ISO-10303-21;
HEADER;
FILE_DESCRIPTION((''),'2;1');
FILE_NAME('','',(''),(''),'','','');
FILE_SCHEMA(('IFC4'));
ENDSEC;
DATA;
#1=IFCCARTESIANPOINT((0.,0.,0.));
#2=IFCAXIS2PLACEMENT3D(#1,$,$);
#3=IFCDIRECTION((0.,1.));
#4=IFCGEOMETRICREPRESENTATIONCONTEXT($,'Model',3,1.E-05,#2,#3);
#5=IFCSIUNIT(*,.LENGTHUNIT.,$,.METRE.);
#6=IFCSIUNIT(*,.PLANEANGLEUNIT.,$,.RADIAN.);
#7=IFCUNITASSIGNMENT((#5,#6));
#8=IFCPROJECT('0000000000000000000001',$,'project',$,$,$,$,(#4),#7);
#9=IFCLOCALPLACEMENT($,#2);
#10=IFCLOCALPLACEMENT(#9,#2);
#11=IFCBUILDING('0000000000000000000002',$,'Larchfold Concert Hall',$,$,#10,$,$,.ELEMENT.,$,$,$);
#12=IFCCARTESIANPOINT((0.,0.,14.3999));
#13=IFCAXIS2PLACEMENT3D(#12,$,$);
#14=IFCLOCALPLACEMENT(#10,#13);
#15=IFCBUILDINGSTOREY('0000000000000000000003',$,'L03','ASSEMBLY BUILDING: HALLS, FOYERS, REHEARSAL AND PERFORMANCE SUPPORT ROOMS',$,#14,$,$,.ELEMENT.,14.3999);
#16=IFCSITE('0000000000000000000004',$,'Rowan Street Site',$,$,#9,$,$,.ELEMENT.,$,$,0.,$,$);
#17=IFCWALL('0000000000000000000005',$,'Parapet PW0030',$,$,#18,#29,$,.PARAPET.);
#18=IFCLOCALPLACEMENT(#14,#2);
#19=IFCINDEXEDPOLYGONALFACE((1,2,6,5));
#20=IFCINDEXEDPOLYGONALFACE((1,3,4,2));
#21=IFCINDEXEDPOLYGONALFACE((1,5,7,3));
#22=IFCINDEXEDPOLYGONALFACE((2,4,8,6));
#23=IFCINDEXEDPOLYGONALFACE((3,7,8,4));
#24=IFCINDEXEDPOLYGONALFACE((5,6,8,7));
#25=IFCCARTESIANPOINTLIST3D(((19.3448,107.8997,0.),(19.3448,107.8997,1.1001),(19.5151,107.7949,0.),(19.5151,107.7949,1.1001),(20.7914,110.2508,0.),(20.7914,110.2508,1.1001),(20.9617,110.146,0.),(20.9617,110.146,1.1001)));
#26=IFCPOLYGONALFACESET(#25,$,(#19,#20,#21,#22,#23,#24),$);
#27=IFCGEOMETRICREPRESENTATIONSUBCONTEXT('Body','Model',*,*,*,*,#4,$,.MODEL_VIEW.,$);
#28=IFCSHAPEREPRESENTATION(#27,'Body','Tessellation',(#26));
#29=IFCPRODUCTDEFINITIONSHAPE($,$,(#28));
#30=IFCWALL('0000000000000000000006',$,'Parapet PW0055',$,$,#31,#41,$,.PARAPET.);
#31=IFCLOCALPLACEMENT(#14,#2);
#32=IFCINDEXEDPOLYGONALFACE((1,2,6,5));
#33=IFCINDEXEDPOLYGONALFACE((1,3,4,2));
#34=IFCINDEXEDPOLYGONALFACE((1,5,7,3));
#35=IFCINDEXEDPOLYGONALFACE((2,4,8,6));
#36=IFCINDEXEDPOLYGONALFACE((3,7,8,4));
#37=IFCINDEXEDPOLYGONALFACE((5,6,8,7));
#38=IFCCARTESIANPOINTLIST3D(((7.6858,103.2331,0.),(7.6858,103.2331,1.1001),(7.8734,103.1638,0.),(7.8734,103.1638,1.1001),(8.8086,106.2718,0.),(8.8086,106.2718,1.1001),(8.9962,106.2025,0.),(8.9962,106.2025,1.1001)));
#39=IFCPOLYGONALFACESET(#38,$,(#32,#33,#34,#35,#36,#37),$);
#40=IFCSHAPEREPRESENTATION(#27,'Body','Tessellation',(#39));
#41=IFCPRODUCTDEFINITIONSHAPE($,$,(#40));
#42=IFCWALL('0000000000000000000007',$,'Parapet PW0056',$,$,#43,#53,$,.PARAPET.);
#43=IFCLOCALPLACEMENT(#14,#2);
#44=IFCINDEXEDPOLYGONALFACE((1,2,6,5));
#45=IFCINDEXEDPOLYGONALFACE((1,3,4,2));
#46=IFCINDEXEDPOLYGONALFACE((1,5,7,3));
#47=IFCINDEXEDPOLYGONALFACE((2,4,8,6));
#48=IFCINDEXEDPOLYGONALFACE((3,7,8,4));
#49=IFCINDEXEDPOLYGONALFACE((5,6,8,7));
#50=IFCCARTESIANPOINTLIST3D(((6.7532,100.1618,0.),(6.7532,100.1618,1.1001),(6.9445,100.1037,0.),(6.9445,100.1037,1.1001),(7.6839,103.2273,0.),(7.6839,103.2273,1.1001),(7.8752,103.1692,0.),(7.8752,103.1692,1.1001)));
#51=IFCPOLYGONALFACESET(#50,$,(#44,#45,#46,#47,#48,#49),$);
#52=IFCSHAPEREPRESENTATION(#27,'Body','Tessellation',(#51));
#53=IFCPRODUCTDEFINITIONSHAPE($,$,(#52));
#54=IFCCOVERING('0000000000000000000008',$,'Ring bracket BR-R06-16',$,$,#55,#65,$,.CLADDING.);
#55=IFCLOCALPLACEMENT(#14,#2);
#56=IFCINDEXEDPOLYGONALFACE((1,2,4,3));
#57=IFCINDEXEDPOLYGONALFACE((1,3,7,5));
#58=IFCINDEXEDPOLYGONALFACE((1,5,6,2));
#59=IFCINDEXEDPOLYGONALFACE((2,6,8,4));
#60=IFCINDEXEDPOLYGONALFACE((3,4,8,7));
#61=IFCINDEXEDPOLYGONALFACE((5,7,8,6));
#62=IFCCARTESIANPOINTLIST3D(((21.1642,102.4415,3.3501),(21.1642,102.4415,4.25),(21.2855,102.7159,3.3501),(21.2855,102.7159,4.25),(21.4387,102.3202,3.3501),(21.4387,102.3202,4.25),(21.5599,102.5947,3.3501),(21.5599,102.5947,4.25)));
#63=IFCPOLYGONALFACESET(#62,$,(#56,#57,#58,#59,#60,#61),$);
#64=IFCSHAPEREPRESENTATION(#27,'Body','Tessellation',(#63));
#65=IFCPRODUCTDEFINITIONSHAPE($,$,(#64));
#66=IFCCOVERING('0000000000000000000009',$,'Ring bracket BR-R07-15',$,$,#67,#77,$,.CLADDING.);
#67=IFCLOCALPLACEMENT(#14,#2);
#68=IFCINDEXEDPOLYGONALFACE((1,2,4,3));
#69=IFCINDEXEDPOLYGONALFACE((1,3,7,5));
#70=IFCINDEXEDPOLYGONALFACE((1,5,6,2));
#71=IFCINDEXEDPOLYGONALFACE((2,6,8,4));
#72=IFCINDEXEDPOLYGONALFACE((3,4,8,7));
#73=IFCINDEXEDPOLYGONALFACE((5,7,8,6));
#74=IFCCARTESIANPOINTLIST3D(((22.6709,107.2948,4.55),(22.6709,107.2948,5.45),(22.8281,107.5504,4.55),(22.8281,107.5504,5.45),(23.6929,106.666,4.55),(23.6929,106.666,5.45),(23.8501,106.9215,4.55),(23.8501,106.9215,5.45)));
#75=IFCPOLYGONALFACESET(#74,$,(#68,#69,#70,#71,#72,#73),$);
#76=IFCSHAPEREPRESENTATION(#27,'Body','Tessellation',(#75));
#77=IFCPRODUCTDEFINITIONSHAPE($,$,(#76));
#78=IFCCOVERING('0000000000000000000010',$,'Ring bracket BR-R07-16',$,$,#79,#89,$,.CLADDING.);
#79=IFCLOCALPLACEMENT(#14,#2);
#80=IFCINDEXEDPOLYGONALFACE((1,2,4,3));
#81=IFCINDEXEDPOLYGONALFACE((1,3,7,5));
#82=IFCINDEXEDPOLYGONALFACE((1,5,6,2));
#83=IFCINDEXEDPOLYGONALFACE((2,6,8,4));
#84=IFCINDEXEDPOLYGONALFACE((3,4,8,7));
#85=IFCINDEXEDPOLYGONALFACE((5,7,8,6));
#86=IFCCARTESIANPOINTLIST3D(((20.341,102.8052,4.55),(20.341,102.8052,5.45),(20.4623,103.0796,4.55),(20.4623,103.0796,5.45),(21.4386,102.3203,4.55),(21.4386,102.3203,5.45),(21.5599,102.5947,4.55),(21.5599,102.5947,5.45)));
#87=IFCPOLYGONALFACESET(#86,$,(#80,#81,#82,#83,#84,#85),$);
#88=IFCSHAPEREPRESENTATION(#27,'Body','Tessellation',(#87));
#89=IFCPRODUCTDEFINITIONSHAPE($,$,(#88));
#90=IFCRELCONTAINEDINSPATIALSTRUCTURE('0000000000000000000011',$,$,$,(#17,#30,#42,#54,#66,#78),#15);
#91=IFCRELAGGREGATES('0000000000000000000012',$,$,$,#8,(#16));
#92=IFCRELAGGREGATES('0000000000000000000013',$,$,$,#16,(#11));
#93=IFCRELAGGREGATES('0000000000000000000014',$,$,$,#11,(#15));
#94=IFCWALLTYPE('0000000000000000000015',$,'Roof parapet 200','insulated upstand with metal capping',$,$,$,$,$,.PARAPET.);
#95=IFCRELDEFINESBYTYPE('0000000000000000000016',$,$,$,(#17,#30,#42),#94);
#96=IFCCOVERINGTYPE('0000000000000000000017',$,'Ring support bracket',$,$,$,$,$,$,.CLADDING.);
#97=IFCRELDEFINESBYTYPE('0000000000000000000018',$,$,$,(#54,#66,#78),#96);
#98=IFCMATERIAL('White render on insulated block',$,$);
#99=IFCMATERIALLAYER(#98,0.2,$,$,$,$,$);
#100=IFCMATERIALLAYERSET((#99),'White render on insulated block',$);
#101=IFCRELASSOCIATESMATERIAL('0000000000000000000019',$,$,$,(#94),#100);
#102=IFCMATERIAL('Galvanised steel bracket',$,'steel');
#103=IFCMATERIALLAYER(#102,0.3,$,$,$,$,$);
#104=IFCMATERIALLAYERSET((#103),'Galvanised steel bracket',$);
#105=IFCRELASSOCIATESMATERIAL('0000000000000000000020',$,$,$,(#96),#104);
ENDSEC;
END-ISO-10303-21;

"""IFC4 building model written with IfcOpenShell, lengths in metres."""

from ifc_helpers import new_model, si_unit, direction, frame, frame_2d, origin, origin_2d, place, context, subcontext, project, spatial, rectangle, extrude, material, layer, layer_set, type_object, element, save


model = new_model("IFC4")

# Units and contexts
model_context = context("Model", 3, precision=1e-05, world=origin(), true_north=direction((0.0, 1.0)))
body_context = subcontext(model_context, "Body", "Model", "MODEL_VIEW")
ifc_project = project(units=[si_unit("LENGTHUNIT", "METRE"), si_unit("PLANEANGLEUNIT", "RADIAN")], contexts=[model_context])

# Site, building, storey
site_placement = place(None, origin())
site = spatial("IfcSite", under=ifc_project, at=site_placement, Name="Rowan Street Site", CompositionType="ELEMENT", RefElevation=0.0)
building_placement = place(site_placement, origin())
building = spatial("IfcBuilding", under=site, at=building_placement, Name="Larchfold Concert Hall", CompositionType="ELEMENT")
storey_placement = place(building_placement, frame((0.0, 0.0, 14.3999)))
storey = spatial("IfcBuildingStorey", under=building, at=storey_placement, Name="L03", Description="ASSEMBLY BUILDING: HALLS, FOYERS, REHEARSAL AND PERFORMANCE SUPPORT ROOMS", CompositionType="ELEMENT", Elevation=14.3999)

# Walls
ifc_material_1 = material(Name="White render on insulated block")
ifc_layer_1 = layer(ifc_material_1, 0.2)
ifc_layer_set_1 = layer_set([ifc_layer_1], Name="White render on insulated block")
wall_type_1 = type_object("IfcWallType", Name="Roof parapet 200", Description="insulated upstand with metal capping", PredefinedType="PARAPET", material=ifc_layer_set_1)
wall_1_placement = place(storey_placement, frame((19.4299, 107.8472, 0.0), z_axis=(0.0, 0.0, 1.0), x_axis=(0.524023, 0.851704, 0.0)))
element("IfcWall", 1, at=wall_1_placement, inside=storey, type_object=wall_type_1, Name="Parapet PW0030", PredefinedType="PARAPET", context=body_context, shape_type="SweptSolid", body=[
    extrude(rectangle(XDim=2.7605, YDim=0.2, at=frame_2d((1.3804, 0.0))), origin(), (0.0, 0.0, 1.0), 1.1001),
])
wall_2_placement = place(storey_placement, frame((8.9023, 106.2371, 0.0), z_axis=(0.0, 0.0, 1.0), x_axis=(-0.346585, -0.938018, 0.0)))
element("IfcWall", 2, at=wall_2_placement, inside=storey, type_object=wall_type_1, Name="Parapet PW0055", PredefinedType="PARAPET", context=body_context, shape_type="SweptSolid", body=[
    extrude(rectangle(XDim=3.2395, YDim=0.2, at=frame_2d((1.6196, 0.0))), origin(), (0.0, 0.0, 1.0), 1.1001),
])
wall_3_placement = place(storey_placement, frame((7.7795, 103.1982, 0.0), z_axis=(0.0, 0.0, 1.0), x_axis=(-0.290507, -0.956873, 0.0)))
element("IfcWall", 3, at=wall_3_placement, inside=storey, type_object=wall_type_1, Name="Parapet PW0056", PredefinedType="PARAPET", context=body_context, shape_type="SweptSolid", body=[
    extrude(rectangle(XDim=3.2036, YDim=0.2, at=frame_2d((1.6018, 0.0))), origin(), (0.0, 0.0, 1.0), 1.1001),
])

# Coverings
ifc_material_2 = material(Name="Galvanised steel bracket", Category="steel")
ifc_layer_2 = layer(ifc_material_2, 0.3)
ifc_layer_set_2 = layer_set([ifc_layer_2], Name="Galvanised steel bracket")
covering_type = type_object("IfcCoveringType", Name="Ring support bracket", PredefinedType="CLADDING", material=ifc_layer_set_2)
covering_placement = place(storey_placement, frame((21.3621, 102.5181, 3.3501), z_axis=(0.0, 0.0, 1.0), x_axis=(-0.914701, 0.404131, 0.0)))
element("IfcCovering", 4, at=covering_placement, inside=storey, type_object=covering_type, Name="Ring bracket BR-R06-16", PredefinedType="CLADDING", context=body_context, shape_type="SweptSolid", body=[
    extrude(rectangle(XDim=0.3, YDim=0.3, at=origin_2d()), origin(), (0.0, 0.0, 1.0), 0.8999),
])
for number, where, z_axis, x_axis, name in (
    (5, (23.2605, 107.1082, 4.55), (0.0, 0.0, 1.0), (-0.851675, 0.52407, 0.0), "Ring bracket BR-R07-15"),
    (6, (20.9504, 102.7, 4.55), (0.0, 0.0, 1.0), (-0.914701, 0.404131, 0.0), "Ring bracket BR-R07-16"),
):
    element("IfcCovering", number, at=place(storey_placement, frame(where, z_axis=z_axis, x_axis=x_axis)), inside=storey, type_object=covering_type, Name=name, PredefinedType="CLADDING", context=body_context, shape_type="SweptSolid", body=[
        extrude(rectangle(XDim=1.2, YDim=0.3, at=origin_2d()), origin(), (0.0, 0.0, 1.0), 0.8999),
    ])

save(model, "model.ifc")
